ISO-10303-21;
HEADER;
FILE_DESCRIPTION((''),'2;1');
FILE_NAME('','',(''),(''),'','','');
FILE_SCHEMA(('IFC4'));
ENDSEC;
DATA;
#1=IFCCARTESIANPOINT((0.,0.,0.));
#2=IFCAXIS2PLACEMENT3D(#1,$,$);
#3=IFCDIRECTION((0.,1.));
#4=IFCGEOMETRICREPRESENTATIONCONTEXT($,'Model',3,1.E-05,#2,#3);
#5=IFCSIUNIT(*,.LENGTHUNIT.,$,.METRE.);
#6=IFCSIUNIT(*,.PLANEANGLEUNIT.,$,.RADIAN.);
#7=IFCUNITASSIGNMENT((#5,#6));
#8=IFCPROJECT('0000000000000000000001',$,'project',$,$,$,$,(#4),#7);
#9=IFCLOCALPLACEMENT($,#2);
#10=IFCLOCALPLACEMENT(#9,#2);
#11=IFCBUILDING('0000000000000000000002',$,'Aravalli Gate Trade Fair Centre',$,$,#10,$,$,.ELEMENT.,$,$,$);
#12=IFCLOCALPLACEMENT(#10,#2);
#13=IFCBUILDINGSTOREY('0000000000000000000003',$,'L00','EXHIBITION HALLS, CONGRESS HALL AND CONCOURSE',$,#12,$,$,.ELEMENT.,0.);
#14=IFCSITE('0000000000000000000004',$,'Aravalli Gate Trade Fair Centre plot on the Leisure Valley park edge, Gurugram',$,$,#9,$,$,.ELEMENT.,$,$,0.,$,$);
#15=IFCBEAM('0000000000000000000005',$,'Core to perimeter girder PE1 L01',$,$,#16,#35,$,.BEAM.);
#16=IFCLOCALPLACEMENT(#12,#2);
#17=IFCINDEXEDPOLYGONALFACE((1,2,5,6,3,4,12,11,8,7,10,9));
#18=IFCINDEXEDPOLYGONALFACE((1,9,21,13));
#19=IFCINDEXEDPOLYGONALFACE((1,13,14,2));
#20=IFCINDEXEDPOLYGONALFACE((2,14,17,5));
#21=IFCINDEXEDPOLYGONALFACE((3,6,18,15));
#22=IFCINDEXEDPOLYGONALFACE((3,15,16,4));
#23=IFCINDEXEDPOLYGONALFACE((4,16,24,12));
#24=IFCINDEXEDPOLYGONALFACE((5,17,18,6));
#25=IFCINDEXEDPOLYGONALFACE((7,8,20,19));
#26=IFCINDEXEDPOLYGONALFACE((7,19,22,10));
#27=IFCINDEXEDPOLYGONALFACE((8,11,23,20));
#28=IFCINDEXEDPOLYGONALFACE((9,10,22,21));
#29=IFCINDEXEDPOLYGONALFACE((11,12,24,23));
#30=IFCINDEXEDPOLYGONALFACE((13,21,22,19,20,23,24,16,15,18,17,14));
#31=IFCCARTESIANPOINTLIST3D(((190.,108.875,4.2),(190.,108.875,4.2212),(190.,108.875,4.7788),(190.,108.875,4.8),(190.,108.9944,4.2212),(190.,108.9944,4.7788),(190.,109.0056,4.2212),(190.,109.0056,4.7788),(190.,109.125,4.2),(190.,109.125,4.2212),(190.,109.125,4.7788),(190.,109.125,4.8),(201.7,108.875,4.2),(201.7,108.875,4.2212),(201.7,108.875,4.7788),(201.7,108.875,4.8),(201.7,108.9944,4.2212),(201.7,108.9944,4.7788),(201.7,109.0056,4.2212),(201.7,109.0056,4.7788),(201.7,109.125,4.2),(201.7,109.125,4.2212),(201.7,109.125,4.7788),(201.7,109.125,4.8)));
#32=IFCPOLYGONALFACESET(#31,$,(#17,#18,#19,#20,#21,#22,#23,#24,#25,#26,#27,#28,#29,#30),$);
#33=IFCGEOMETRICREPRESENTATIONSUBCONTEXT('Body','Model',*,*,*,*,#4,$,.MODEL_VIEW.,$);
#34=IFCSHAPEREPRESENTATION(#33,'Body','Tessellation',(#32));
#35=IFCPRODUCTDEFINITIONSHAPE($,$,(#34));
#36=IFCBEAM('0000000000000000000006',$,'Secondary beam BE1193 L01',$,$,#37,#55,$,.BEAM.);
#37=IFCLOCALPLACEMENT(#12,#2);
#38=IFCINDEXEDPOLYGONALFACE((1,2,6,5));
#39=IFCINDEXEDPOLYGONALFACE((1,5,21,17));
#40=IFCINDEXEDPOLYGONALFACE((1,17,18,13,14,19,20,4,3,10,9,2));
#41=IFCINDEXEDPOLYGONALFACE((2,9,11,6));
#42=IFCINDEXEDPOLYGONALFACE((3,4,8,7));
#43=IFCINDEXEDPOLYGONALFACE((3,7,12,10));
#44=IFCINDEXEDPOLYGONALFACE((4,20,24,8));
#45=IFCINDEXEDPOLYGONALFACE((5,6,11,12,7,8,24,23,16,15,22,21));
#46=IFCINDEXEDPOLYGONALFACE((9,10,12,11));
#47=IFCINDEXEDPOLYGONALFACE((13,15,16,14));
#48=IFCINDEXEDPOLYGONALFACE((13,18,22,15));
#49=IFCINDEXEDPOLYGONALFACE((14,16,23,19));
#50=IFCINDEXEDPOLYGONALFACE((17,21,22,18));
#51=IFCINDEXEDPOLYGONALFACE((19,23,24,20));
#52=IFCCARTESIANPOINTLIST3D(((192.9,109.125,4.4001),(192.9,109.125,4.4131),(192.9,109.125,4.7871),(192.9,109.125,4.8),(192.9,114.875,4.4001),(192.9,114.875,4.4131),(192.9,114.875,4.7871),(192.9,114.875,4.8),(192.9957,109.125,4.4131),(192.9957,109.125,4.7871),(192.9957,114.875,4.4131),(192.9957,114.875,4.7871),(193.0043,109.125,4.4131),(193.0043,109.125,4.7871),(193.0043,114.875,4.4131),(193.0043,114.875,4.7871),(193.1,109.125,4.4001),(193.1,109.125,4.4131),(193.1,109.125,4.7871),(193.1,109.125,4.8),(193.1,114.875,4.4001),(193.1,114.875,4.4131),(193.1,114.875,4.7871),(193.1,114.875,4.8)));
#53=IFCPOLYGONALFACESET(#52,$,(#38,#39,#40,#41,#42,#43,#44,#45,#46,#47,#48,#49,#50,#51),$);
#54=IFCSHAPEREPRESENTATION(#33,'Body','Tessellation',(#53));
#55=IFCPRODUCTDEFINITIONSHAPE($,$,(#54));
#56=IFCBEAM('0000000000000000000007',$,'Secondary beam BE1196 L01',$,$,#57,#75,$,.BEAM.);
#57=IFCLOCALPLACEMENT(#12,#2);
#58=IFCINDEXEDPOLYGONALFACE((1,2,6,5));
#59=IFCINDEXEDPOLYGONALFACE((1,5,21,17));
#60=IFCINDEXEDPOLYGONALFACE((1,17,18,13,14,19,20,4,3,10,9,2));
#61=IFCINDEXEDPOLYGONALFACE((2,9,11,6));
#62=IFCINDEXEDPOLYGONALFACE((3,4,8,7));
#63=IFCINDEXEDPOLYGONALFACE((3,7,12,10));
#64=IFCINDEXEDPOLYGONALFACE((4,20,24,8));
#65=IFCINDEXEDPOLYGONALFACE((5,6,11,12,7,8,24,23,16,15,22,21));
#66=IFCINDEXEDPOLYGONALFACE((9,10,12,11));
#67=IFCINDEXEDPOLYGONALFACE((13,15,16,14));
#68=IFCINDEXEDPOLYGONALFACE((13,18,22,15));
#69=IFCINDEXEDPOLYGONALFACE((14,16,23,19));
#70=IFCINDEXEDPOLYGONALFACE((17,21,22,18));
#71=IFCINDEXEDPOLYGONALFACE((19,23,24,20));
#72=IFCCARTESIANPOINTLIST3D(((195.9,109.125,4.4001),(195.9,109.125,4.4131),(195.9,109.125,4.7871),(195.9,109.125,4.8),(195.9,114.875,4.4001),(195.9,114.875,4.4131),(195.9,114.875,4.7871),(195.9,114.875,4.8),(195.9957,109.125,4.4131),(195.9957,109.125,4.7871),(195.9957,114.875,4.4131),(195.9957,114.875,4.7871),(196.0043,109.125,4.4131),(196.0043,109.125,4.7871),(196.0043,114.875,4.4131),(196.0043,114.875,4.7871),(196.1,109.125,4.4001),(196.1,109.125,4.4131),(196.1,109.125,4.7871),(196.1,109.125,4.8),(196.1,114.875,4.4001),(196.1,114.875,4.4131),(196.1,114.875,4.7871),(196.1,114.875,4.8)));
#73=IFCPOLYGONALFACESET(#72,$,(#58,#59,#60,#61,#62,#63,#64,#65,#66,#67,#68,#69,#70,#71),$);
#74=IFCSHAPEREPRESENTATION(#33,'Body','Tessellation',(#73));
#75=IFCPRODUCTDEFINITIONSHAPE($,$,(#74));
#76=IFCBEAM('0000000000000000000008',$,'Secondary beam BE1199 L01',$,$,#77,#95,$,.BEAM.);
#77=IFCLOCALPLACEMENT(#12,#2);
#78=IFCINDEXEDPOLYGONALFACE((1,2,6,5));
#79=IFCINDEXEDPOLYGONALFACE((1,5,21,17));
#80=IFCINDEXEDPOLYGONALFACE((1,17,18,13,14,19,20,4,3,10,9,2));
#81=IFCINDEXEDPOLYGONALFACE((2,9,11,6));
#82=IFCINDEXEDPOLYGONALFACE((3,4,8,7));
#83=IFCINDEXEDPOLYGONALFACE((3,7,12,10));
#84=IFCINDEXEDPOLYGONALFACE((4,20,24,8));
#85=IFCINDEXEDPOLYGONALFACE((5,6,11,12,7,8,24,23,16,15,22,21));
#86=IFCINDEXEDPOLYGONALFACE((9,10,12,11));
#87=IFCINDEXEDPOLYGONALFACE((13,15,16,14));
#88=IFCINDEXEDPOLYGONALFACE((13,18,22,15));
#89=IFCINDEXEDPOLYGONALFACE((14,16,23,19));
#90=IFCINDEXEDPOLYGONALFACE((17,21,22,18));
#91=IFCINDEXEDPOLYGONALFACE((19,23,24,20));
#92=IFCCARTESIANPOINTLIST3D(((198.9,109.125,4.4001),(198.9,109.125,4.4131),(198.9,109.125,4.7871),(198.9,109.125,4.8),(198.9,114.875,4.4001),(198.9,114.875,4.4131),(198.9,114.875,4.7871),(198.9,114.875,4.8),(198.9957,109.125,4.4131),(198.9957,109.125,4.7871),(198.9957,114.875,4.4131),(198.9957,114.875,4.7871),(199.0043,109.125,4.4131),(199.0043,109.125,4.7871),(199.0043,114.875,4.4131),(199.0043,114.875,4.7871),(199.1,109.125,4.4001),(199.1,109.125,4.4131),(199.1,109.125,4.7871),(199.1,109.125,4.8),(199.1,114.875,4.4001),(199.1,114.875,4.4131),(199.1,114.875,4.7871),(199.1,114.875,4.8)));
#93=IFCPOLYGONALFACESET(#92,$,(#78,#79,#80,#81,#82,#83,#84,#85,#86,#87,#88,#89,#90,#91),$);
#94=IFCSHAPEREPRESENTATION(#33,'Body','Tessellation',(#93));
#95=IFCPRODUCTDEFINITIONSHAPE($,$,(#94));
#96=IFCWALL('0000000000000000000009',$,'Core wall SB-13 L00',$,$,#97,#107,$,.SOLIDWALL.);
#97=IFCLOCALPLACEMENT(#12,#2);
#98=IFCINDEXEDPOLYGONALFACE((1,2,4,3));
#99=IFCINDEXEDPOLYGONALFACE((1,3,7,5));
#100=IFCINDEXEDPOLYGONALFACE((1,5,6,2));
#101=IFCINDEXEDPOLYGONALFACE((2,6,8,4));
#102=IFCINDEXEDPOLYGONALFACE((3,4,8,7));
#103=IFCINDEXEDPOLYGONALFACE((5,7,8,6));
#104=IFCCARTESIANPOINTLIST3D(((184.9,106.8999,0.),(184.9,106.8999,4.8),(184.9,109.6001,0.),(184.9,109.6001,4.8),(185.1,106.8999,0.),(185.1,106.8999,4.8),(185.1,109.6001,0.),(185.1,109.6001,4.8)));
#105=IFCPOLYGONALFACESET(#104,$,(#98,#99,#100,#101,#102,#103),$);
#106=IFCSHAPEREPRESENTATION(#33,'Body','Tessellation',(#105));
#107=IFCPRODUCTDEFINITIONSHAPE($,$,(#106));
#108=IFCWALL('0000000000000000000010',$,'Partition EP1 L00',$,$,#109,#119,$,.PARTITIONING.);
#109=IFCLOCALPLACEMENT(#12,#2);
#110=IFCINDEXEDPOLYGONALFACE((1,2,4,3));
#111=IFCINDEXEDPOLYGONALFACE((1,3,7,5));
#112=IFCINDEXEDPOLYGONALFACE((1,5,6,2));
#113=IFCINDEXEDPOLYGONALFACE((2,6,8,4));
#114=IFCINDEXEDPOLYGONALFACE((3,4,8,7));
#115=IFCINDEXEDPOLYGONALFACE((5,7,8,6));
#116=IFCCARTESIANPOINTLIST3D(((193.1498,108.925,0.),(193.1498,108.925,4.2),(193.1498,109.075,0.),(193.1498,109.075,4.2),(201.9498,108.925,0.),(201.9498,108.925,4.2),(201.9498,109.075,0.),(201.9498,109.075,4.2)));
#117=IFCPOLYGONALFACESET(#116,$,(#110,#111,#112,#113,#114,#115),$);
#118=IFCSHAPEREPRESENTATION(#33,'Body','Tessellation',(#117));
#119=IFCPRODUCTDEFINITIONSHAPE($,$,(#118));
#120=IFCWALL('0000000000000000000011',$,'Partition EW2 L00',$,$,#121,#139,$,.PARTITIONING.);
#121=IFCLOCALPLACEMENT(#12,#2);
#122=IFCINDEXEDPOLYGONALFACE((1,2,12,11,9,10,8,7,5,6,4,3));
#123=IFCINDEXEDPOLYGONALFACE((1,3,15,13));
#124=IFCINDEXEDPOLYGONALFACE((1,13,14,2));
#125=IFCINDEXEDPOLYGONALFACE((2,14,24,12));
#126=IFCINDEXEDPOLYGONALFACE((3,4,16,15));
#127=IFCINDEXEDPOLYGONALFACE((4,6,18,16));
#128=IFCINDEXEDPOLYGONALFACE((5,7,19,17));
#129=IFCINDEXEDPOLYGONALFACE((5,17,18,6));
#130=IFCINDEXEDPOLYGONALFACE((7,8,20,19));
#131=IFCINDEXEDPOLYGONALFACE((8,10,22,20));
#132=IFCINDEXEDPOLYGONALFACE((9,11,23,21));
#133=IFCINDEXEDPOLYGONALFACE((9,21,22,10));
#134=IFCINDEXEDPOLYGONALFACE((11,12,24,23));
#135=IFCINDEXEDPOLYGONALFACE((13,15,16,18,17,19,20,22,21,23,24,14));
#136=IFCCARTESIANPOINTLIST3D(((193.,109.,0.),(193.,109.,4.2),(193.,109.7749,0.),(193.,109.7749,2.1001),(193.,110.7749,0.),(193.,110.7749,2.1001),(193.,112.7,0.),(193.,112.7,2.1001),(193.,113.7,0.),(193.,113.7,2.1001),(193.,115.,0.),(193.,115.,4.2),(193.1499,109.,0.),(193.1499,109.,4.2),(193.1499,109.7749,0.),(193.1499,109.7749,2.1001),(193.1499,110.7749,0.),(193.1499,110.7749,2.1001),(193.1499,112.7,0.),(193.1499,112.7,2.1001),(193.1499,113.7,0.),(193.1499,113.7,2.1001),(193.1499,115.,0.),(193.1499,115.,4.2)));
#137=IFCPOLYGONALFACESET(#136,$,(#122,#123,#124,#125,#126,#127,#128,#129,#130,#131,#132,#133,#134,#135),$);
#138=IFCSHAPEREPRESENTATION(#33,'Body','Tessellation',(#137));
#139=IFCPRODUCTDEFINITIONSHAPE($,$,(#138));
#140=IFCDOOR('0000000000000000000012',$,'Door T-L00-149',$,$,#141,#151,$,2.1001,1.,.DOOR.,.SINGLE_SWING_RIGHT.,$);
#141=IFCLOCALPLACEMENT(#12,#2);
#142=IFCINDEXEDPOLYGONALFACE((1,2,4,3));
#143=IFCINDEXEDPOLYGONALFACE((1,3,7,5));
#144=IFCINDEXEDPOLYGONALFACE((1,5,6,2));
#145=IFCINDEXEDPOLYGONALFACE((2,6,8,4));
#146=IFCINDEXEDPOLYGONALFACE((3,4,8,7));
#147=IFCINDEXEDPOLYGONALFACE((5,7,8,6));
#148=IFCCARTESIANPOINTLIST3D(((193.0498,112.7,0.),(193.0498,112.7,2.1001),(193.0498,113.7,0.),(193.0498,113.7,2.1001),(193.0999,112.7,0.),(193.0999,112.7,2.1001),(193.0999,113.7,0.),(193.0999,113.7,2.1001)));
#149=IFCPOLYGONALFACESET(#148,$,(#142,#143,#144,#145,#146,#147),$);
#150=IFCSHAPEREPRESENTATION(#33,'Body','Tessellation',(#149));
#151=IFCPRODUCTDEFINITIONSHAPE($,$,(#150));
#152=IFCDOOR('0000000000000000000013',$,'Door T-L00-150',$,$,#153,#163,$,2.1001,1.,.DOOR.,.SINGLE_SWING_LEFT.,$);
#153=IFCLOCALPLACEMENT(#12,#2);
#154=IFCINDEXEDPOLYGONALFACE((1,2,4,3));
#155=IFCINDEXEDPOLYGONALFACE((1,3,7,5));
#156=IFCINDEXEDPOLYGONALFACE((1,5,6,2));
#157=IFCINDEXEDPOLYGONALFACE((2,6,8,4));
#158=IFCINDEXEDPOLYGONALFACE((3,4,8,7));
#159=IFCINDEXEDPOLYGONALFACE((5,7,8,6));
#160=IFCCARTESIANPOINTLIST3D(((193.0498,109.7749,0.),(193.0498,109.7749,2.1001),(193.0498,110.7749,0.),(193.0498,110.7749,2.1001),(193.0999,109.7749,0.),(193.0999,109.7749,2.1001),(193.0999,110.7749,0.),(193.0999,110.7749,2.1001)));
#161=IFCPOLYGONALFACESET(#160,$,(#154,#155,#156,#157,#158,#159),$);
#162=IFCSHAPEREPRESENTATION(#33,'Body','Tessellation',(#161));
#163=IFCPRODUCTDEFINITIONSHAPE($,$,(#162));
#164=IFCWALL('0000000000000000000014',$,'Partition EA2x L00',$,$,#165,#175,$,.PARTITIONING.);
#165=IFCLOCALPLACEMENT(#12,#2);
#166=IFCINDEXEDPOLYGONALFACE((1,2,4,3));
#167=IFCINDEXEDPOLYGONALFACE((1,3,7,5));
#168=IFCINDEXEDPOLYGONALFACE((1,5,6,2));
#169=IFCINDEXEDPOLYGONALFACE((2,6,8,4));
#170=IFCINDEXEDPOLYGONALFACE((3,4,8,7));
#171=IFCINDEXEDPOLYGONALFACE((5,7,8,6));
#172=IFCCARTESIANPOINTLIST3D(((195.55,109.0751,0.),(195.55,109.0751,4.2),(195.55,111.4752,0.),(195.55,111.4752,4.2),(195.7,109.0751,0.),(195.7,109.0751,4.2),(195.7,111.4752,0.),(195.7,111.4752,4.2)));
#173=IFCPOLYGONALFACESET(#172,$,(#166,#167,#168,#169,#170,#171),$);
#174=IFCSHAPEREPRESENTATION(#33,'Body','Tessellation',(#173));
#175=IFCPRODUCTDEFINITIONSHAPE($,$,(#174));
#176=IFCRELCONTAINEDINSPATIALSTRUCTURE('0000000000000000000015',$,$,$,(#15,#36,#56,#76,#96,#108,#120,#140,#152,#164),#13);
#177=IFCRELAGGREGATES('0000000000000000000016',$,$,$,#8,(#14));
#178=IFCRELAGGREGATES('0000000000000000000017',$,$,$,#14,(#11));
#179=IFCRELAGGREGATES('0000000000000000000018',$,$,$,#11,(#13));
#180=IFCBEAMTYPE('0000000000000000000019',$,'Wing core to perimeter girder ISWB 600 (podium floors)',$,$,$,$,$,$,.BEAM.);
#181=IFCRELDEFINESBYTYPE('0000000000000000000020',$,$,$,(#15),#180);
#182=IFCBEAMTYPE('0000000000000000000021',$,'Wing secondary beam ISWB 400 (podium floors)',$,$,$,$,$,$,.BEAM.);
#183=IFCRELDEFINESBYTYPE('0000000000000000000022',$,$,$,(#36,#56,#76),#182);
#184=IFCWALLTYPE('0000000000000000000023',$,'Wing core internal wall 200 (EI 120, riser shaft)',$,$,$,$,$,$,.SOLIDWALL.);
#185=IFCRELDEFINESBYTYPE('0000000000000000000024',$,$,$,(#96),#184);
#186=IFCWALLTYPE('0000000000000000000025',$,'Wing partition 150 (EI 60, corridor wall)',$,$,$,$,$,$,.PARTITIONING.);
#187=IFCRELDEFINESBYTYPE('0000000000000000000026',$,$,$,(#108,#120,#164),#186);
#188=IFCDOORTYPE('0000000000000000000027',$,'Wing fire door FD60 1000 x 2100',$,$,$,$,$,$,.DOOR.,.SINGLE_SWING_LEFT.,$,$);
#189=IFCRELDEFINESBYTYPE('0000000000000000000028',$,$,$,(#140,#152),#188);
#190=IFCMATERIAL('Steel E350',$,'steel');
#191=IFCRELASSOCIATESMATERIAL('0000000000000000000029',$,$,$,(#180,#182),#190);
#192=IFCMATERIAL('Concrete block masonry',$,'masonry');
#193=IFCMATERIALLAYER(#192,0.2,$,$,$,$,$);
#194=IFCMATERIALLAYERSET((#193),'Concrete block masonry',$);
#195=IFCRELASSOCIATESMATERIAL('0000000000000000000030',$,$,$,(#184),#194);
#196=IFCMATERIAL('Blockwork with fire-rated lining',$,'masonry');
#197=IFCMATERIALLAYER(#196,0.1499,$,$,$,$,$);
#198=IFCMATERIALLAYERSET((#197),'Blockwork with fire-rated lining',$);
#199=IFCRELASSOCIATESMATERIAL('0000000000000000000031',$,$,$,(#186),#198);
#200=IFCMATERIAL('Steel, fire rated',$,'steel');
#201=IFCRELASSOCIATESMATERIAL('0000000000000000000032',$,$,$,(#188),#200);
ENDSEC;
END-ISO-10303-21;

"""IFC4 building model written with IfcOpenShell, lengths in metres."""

from ifc_helpers import new_model, si_unit, direction, frame, frame_2d, origin, origin_2d, place, context, subcontext, project, spatial, rectangle, i_section, extrude, material, layer, layer_set, material_profile, profile_set, type_object, element, fill, save


model = new_model("IFC4")

# Units and contexts
model_context = context("Model", 3, precision=1e-05, world=origin(), true_north=direction((0.0, 1.0)))
body_context = subcontext(model_context, "Body", "Model", "MODEL_VIEW")
ifc_project = project(units=[si_unit("LENGTHUNIT", "METRE"), si_unit("PLANEANGLEUNIT", "RADIAN")], contexts=[model_context])

# Site, building, storey
site_placement = place(None, origin())
site = spatial("IfcSite", under=ifc_project, at=site_placement, Name="Aravalli Gate Trade Fair Centre plot on the Leisure Valley park edge, Gurugram", CompositionType="ELEMENT", RefElevation=0.0)
building_placement = place(site_placement, origin())
building = spatial("IfcBuilding", under=site, at=building_placement, Name="Aravalli Gate Trade Fair Centre", CompositionType="ELEMENT")
storey_placement = place(building_placement, origin())
storey = spatial("IfcBuildingStorey", under=building, at=storey_placement, Name="L00", Description="EXHIBITION HALLS, CONGRESS HALL AND CONCOURSE", CompositionType="ELEMENT", Elevation=0.0)

# Beams
ifc_material_1 = material(Name="Steel E350", Category="steel")
ifc_material_profile_1 = material_profile(ifc_material_1, i_section(OverallWidth=0.25, OverallDepth=0.6001, WebThickness=0.0112, FlangeThickness=0.0212, at=origin_2d()), Name="ISWB 600")
ifc_profile_set_1 = profile_set([ifc_material_profile_1], Name="Steel E350")
beam_type_1 = type_object("IfcBeamType", Name="Wing core to perimeter girder ISWB 600 (podium floors)", PredefinedType="BEAM", material=ifc_profile_set_1)
beam_placement = place(storey_placement, frame((190.0, 109.0, 4.5), z_axis=(1.0, 0.0, 0.0), x_axis=(0.0, 1.0, 0.0)))
element("IfcBeam", 1, at=beam_placement, inside=storey, type_object=beam_type_1, Name="Core to perimeter girder PE1 L01", PredefinedType="BEAM", context=body_context, shape_type="SweptSolid", body=[
    extrude(i_section(OverallWidth=0.25, OverallDepth=0.6001, WebThickness=0.0112, FlangeThickness=0.0212, at=origin_2d()), origin(), (0.0, 0.0, 1.0), 11.7),
])
ifc_material_profile_2 = material_profile(ifc_material_1, i_section(OverallWidth=0.2, OverallDepth=0.3999, WebThickness=0.0085, FlangeThickness=0.0129, at=origin_2d()), Name="ISWB 400")
ifc_profile_set_2 = profile_set([ifc_material_profile_2], Name="Steel E350")
beam_type_2 = type_object("IfcBeamType", Name="Wing secondary beam ISWB 400 (podium floors)", PredefinedType="BEAM", material=ifc_profile_set_2)
for number, where, z_axis, x_axis, name in (
    (2, (193.0, 109.125, 4.6001), (0.0, 1.0, 0.0), (-1.0, 0.0, 0.0), "Secondary beam BE1193 L01"),
    (3, (196.0, 109.125, 4.6001), (0.0, 1.0, 0.0), (-1.0, 0.0, 0.0), "Secondary beam BE1196 L01"),
    (4, (199.0, 109.125, 4.6001), (0.0, 1.0, 0.0), (-1.0, 0.0, 0.0), "Secondary beam BE1199 L01"),
):
    element("IfcBeam", number, at=place(storey_placement, frame(where, z_axis=z_axis, x_axis=x_axis)), inside=storey, type_object=beam_type_2, Name=name, PredefinedType="BEAM", context=body_context, shape_type="SweptSolid", body=[
        extrude(i_section(OverallWidth=0.2, OverallDepth=0.3999, WebThickness=0.0085, FlangeThickness=0.0129, at=origin_2d()), origin(), (0.0, 0.0, 1.0), 5.75),
    ])

# Walls
ifc_material_2 = material(Name="Concrete block masonry", Category="masonry")
ifc_layer_1 = layer(ifc_material_2, 0.2)
ifc_layer_set_1 = layer_set([ifc_layer_1], Name="Concrete block masonry")
wall_type_1 = type_object("IfcWallType", Name="Wing core internal wall 200 (EI 120, riser shaft)", PredefinedType="SOLIDWALL", material=ifc_layer_set_1)
wall_1_placement = place(storey_placement, frame((185.0, 106.8999, 0.0), z_axis=(0.0, 0.0, 1.0), x_axis=(0.0, 1.0, 0.0)))
element("IfcWall", 5, at=wall_1_placement, inside=storey, type_object=wall_type_1, Name="Core wall SB-13 L00", PredefinedType="SOLIDWALL", context=body_context, shape_type="SweptSolid", body=[
    extrude(rectangle(XDim=2.7002, YDim=0.2, at=frame_2d((1.3501, 0.0))), origin(), (0.0, 0.0, 1.0), 4.8),
])
ifc_material_3 = material(Name="Blockwork with fire-rated lining", Category="masonry")
ifc_layer_2 = layer(ifc_material_3, 0.1499)
ifc_layer_set_2 = layer_set([ifc_layer_2], Name="Blockwork with fire-rated lining")
wall_type_2 = type_object("IfcWallType", Name="Wing partition 150 (EI 60, corridor wall)", PredefinedType="PARTITIONING", material=ifc_layer_set_2)
wall_2_placement = place(storey_placement, frame((193.1499, 109.0, 0.0), z_axis=(0.0, 0.0, 1.0), x_axis=(1.0, 0.0, 0.0)))
element("IfcWall", 6, at=wall_2_placement, inside=storey, type_object=wall_type_2, Name="Partition EP1 L00", PredefinedType="PARTITIONING", context=body_context, shape_type="SweptSolid", body=[
    extrude(rectangle(XDim=8.8, YDim=0.1499, at=frame_2d((4.3999, 0.0))), origin(), (0.0, 0.0, 1.0), 4.2),
])

# Wall, openings, doors
wall_3_placement = place(storey_placement, frame((193.075, 109.0, 0.0), z_axis=(0.0, 0.0, 1.0), x_axis=(0.0, 1.0, 0.0)))
wall_3 = element("IfcWall", 7, at=wall_3_placement, inside=storey, type_object=wall_type_2, Name="Partition EW2 L00", PredefinedType="PARTITIONING", context=body_context, shape_type="SweptSolid", body=[
    extrude(rectangle(XDim=6.0, YDim=0.1499, at=frame_2d((3.0, 0.0))), origin(), (0.0, 0.0, 1.0), 4.2),
])
opening_1_placement = place(wall_3_placement, frame((3.7, 0.0, 0.0)))
opening_1 = element("IfcOpeningElement", 8, at=opening_1_placement, cuts=wall_3, PredefinedType="OPENING", context=body_context, shape_type="SweptSolid", body=[
    extrude(rectangle(XDim=1.0, YDim=2.1001, at=frame_2d((0.5, 1.05))), frame((0.0, 0.085, 0.0), z_axis=(0.0, -1.0, 0.0), x_axis=(1.0, 0.0, 0.0)), (0.0, 0.0, 1.0), 0.1699),
])
opening_2_placement = place(wall_3_placement, frame((0.7749, 0.0, 0.0)))
opening_2 = element("IfcOpeningElement", 9, at=opening_2_placement, cuts=wall_3, PredefinedType="OPENING", context=body_context, shape_type="SweptSolid", body=[
    extrude(rectangle(XDim=1.0, YDim=2.1001, at=frame_2d((0.5, 1.05))), frame((0.0, 0.085, 0.0), z_axis=(0.0, -1.0, 0.0), x_axis=(1.0, 0.0, 0.0)), (0.0, 0.0, 1.0), 0.1699),
])
ifc_material_4 = material(Name="Steel, fire rated", Category="steel")
door_type = type_object("IfcDoorType", Name="Wing fire door FD60 1000 x 2100", OperationType="SINGLE_SWING_LEFT", PredefinedType="DOOR", material=ifc_material_4)
door_1_placement = place(opening_1_placement, frame((1.0, 0.0, 0.0), z_axis=(0.0, 0.0, 1.0), x_axis=(-1.0, 0.0, 0.0)))
door_1 = element("IfcDoor", 10, at=door_1_placement, inside=storey, type_object=door_type, Name="Door T-L00-149", OperationType="SINGLE_SWING_RIGHT", OverallHeight=2.1001, OverallWidth=1.0, PredefinedType="DOOR", context=body_context, shape_type="SweptSolid", body=[
    extrude(rectangle(XDim=1.0, YDim=2.1001, at=frame_2d((0.5, 1.05))), frame((0.0, 0.0249, 0.0), z_axis=(0.0, -1.0, 0.0), x_axis=(1.0, 0.0, 0.0)), (0.0, 0.0, 1.0), 0.05),
])
fill(opening_1, door_1)
door_2_placement = place(opening_2_placement, frame((1.0, 0.0, 0.0), z_axis=(0.0, 0.0, 1.0), x_axis=(-1.0, 0.0, 0.0)))
door_2 = element("IfcDoor", 11, at=door_2_placement, inside=storey, type_object=door_type, Name="Door T-L00-150", OperationType="SINGLE_SWING_LEFT", OverallHeight=2.1001, OverallWidth=1.0, PredefinedType="DOOR", context=body_context, shape_type="SweptSolid", body=[
    extrude(rectangle(XDim=1.0, YDim=2.1001, at=frame_2d((0.5, 1.05))), frame((0.0, 0.0249, 0.0), z_axis=(0.0, -1.0, 0.0), x_axis=(1.0, 0.0, 0.0)), (0.0, 0.0, 1.0), 0.05),
])
fill(opening_2, door_2)

# Wall
wall_4_placement = place(storey_placement, frame((195.625, 109.075, 0.0), z_axis=(0.0, 0.0, 1.0), x_axis=(0.0, 1.0, 0.0)))
element("IfcWall", 12, at=wall_4_placement, inside=storey, type_object=wall_type_2, Name="Partition EA2x L00", PredefinedType="PARTITIONING", context=body_context, shape_type="SweptSolid", body=[
    extrude(rectangle(XDim=2.4001, YDim=0.1499, at=frame_2d((1.2002, 0.0))), origin(), (0.0, 0.0, 1.0), 4.2),
])

save(model, "model.ifc")
